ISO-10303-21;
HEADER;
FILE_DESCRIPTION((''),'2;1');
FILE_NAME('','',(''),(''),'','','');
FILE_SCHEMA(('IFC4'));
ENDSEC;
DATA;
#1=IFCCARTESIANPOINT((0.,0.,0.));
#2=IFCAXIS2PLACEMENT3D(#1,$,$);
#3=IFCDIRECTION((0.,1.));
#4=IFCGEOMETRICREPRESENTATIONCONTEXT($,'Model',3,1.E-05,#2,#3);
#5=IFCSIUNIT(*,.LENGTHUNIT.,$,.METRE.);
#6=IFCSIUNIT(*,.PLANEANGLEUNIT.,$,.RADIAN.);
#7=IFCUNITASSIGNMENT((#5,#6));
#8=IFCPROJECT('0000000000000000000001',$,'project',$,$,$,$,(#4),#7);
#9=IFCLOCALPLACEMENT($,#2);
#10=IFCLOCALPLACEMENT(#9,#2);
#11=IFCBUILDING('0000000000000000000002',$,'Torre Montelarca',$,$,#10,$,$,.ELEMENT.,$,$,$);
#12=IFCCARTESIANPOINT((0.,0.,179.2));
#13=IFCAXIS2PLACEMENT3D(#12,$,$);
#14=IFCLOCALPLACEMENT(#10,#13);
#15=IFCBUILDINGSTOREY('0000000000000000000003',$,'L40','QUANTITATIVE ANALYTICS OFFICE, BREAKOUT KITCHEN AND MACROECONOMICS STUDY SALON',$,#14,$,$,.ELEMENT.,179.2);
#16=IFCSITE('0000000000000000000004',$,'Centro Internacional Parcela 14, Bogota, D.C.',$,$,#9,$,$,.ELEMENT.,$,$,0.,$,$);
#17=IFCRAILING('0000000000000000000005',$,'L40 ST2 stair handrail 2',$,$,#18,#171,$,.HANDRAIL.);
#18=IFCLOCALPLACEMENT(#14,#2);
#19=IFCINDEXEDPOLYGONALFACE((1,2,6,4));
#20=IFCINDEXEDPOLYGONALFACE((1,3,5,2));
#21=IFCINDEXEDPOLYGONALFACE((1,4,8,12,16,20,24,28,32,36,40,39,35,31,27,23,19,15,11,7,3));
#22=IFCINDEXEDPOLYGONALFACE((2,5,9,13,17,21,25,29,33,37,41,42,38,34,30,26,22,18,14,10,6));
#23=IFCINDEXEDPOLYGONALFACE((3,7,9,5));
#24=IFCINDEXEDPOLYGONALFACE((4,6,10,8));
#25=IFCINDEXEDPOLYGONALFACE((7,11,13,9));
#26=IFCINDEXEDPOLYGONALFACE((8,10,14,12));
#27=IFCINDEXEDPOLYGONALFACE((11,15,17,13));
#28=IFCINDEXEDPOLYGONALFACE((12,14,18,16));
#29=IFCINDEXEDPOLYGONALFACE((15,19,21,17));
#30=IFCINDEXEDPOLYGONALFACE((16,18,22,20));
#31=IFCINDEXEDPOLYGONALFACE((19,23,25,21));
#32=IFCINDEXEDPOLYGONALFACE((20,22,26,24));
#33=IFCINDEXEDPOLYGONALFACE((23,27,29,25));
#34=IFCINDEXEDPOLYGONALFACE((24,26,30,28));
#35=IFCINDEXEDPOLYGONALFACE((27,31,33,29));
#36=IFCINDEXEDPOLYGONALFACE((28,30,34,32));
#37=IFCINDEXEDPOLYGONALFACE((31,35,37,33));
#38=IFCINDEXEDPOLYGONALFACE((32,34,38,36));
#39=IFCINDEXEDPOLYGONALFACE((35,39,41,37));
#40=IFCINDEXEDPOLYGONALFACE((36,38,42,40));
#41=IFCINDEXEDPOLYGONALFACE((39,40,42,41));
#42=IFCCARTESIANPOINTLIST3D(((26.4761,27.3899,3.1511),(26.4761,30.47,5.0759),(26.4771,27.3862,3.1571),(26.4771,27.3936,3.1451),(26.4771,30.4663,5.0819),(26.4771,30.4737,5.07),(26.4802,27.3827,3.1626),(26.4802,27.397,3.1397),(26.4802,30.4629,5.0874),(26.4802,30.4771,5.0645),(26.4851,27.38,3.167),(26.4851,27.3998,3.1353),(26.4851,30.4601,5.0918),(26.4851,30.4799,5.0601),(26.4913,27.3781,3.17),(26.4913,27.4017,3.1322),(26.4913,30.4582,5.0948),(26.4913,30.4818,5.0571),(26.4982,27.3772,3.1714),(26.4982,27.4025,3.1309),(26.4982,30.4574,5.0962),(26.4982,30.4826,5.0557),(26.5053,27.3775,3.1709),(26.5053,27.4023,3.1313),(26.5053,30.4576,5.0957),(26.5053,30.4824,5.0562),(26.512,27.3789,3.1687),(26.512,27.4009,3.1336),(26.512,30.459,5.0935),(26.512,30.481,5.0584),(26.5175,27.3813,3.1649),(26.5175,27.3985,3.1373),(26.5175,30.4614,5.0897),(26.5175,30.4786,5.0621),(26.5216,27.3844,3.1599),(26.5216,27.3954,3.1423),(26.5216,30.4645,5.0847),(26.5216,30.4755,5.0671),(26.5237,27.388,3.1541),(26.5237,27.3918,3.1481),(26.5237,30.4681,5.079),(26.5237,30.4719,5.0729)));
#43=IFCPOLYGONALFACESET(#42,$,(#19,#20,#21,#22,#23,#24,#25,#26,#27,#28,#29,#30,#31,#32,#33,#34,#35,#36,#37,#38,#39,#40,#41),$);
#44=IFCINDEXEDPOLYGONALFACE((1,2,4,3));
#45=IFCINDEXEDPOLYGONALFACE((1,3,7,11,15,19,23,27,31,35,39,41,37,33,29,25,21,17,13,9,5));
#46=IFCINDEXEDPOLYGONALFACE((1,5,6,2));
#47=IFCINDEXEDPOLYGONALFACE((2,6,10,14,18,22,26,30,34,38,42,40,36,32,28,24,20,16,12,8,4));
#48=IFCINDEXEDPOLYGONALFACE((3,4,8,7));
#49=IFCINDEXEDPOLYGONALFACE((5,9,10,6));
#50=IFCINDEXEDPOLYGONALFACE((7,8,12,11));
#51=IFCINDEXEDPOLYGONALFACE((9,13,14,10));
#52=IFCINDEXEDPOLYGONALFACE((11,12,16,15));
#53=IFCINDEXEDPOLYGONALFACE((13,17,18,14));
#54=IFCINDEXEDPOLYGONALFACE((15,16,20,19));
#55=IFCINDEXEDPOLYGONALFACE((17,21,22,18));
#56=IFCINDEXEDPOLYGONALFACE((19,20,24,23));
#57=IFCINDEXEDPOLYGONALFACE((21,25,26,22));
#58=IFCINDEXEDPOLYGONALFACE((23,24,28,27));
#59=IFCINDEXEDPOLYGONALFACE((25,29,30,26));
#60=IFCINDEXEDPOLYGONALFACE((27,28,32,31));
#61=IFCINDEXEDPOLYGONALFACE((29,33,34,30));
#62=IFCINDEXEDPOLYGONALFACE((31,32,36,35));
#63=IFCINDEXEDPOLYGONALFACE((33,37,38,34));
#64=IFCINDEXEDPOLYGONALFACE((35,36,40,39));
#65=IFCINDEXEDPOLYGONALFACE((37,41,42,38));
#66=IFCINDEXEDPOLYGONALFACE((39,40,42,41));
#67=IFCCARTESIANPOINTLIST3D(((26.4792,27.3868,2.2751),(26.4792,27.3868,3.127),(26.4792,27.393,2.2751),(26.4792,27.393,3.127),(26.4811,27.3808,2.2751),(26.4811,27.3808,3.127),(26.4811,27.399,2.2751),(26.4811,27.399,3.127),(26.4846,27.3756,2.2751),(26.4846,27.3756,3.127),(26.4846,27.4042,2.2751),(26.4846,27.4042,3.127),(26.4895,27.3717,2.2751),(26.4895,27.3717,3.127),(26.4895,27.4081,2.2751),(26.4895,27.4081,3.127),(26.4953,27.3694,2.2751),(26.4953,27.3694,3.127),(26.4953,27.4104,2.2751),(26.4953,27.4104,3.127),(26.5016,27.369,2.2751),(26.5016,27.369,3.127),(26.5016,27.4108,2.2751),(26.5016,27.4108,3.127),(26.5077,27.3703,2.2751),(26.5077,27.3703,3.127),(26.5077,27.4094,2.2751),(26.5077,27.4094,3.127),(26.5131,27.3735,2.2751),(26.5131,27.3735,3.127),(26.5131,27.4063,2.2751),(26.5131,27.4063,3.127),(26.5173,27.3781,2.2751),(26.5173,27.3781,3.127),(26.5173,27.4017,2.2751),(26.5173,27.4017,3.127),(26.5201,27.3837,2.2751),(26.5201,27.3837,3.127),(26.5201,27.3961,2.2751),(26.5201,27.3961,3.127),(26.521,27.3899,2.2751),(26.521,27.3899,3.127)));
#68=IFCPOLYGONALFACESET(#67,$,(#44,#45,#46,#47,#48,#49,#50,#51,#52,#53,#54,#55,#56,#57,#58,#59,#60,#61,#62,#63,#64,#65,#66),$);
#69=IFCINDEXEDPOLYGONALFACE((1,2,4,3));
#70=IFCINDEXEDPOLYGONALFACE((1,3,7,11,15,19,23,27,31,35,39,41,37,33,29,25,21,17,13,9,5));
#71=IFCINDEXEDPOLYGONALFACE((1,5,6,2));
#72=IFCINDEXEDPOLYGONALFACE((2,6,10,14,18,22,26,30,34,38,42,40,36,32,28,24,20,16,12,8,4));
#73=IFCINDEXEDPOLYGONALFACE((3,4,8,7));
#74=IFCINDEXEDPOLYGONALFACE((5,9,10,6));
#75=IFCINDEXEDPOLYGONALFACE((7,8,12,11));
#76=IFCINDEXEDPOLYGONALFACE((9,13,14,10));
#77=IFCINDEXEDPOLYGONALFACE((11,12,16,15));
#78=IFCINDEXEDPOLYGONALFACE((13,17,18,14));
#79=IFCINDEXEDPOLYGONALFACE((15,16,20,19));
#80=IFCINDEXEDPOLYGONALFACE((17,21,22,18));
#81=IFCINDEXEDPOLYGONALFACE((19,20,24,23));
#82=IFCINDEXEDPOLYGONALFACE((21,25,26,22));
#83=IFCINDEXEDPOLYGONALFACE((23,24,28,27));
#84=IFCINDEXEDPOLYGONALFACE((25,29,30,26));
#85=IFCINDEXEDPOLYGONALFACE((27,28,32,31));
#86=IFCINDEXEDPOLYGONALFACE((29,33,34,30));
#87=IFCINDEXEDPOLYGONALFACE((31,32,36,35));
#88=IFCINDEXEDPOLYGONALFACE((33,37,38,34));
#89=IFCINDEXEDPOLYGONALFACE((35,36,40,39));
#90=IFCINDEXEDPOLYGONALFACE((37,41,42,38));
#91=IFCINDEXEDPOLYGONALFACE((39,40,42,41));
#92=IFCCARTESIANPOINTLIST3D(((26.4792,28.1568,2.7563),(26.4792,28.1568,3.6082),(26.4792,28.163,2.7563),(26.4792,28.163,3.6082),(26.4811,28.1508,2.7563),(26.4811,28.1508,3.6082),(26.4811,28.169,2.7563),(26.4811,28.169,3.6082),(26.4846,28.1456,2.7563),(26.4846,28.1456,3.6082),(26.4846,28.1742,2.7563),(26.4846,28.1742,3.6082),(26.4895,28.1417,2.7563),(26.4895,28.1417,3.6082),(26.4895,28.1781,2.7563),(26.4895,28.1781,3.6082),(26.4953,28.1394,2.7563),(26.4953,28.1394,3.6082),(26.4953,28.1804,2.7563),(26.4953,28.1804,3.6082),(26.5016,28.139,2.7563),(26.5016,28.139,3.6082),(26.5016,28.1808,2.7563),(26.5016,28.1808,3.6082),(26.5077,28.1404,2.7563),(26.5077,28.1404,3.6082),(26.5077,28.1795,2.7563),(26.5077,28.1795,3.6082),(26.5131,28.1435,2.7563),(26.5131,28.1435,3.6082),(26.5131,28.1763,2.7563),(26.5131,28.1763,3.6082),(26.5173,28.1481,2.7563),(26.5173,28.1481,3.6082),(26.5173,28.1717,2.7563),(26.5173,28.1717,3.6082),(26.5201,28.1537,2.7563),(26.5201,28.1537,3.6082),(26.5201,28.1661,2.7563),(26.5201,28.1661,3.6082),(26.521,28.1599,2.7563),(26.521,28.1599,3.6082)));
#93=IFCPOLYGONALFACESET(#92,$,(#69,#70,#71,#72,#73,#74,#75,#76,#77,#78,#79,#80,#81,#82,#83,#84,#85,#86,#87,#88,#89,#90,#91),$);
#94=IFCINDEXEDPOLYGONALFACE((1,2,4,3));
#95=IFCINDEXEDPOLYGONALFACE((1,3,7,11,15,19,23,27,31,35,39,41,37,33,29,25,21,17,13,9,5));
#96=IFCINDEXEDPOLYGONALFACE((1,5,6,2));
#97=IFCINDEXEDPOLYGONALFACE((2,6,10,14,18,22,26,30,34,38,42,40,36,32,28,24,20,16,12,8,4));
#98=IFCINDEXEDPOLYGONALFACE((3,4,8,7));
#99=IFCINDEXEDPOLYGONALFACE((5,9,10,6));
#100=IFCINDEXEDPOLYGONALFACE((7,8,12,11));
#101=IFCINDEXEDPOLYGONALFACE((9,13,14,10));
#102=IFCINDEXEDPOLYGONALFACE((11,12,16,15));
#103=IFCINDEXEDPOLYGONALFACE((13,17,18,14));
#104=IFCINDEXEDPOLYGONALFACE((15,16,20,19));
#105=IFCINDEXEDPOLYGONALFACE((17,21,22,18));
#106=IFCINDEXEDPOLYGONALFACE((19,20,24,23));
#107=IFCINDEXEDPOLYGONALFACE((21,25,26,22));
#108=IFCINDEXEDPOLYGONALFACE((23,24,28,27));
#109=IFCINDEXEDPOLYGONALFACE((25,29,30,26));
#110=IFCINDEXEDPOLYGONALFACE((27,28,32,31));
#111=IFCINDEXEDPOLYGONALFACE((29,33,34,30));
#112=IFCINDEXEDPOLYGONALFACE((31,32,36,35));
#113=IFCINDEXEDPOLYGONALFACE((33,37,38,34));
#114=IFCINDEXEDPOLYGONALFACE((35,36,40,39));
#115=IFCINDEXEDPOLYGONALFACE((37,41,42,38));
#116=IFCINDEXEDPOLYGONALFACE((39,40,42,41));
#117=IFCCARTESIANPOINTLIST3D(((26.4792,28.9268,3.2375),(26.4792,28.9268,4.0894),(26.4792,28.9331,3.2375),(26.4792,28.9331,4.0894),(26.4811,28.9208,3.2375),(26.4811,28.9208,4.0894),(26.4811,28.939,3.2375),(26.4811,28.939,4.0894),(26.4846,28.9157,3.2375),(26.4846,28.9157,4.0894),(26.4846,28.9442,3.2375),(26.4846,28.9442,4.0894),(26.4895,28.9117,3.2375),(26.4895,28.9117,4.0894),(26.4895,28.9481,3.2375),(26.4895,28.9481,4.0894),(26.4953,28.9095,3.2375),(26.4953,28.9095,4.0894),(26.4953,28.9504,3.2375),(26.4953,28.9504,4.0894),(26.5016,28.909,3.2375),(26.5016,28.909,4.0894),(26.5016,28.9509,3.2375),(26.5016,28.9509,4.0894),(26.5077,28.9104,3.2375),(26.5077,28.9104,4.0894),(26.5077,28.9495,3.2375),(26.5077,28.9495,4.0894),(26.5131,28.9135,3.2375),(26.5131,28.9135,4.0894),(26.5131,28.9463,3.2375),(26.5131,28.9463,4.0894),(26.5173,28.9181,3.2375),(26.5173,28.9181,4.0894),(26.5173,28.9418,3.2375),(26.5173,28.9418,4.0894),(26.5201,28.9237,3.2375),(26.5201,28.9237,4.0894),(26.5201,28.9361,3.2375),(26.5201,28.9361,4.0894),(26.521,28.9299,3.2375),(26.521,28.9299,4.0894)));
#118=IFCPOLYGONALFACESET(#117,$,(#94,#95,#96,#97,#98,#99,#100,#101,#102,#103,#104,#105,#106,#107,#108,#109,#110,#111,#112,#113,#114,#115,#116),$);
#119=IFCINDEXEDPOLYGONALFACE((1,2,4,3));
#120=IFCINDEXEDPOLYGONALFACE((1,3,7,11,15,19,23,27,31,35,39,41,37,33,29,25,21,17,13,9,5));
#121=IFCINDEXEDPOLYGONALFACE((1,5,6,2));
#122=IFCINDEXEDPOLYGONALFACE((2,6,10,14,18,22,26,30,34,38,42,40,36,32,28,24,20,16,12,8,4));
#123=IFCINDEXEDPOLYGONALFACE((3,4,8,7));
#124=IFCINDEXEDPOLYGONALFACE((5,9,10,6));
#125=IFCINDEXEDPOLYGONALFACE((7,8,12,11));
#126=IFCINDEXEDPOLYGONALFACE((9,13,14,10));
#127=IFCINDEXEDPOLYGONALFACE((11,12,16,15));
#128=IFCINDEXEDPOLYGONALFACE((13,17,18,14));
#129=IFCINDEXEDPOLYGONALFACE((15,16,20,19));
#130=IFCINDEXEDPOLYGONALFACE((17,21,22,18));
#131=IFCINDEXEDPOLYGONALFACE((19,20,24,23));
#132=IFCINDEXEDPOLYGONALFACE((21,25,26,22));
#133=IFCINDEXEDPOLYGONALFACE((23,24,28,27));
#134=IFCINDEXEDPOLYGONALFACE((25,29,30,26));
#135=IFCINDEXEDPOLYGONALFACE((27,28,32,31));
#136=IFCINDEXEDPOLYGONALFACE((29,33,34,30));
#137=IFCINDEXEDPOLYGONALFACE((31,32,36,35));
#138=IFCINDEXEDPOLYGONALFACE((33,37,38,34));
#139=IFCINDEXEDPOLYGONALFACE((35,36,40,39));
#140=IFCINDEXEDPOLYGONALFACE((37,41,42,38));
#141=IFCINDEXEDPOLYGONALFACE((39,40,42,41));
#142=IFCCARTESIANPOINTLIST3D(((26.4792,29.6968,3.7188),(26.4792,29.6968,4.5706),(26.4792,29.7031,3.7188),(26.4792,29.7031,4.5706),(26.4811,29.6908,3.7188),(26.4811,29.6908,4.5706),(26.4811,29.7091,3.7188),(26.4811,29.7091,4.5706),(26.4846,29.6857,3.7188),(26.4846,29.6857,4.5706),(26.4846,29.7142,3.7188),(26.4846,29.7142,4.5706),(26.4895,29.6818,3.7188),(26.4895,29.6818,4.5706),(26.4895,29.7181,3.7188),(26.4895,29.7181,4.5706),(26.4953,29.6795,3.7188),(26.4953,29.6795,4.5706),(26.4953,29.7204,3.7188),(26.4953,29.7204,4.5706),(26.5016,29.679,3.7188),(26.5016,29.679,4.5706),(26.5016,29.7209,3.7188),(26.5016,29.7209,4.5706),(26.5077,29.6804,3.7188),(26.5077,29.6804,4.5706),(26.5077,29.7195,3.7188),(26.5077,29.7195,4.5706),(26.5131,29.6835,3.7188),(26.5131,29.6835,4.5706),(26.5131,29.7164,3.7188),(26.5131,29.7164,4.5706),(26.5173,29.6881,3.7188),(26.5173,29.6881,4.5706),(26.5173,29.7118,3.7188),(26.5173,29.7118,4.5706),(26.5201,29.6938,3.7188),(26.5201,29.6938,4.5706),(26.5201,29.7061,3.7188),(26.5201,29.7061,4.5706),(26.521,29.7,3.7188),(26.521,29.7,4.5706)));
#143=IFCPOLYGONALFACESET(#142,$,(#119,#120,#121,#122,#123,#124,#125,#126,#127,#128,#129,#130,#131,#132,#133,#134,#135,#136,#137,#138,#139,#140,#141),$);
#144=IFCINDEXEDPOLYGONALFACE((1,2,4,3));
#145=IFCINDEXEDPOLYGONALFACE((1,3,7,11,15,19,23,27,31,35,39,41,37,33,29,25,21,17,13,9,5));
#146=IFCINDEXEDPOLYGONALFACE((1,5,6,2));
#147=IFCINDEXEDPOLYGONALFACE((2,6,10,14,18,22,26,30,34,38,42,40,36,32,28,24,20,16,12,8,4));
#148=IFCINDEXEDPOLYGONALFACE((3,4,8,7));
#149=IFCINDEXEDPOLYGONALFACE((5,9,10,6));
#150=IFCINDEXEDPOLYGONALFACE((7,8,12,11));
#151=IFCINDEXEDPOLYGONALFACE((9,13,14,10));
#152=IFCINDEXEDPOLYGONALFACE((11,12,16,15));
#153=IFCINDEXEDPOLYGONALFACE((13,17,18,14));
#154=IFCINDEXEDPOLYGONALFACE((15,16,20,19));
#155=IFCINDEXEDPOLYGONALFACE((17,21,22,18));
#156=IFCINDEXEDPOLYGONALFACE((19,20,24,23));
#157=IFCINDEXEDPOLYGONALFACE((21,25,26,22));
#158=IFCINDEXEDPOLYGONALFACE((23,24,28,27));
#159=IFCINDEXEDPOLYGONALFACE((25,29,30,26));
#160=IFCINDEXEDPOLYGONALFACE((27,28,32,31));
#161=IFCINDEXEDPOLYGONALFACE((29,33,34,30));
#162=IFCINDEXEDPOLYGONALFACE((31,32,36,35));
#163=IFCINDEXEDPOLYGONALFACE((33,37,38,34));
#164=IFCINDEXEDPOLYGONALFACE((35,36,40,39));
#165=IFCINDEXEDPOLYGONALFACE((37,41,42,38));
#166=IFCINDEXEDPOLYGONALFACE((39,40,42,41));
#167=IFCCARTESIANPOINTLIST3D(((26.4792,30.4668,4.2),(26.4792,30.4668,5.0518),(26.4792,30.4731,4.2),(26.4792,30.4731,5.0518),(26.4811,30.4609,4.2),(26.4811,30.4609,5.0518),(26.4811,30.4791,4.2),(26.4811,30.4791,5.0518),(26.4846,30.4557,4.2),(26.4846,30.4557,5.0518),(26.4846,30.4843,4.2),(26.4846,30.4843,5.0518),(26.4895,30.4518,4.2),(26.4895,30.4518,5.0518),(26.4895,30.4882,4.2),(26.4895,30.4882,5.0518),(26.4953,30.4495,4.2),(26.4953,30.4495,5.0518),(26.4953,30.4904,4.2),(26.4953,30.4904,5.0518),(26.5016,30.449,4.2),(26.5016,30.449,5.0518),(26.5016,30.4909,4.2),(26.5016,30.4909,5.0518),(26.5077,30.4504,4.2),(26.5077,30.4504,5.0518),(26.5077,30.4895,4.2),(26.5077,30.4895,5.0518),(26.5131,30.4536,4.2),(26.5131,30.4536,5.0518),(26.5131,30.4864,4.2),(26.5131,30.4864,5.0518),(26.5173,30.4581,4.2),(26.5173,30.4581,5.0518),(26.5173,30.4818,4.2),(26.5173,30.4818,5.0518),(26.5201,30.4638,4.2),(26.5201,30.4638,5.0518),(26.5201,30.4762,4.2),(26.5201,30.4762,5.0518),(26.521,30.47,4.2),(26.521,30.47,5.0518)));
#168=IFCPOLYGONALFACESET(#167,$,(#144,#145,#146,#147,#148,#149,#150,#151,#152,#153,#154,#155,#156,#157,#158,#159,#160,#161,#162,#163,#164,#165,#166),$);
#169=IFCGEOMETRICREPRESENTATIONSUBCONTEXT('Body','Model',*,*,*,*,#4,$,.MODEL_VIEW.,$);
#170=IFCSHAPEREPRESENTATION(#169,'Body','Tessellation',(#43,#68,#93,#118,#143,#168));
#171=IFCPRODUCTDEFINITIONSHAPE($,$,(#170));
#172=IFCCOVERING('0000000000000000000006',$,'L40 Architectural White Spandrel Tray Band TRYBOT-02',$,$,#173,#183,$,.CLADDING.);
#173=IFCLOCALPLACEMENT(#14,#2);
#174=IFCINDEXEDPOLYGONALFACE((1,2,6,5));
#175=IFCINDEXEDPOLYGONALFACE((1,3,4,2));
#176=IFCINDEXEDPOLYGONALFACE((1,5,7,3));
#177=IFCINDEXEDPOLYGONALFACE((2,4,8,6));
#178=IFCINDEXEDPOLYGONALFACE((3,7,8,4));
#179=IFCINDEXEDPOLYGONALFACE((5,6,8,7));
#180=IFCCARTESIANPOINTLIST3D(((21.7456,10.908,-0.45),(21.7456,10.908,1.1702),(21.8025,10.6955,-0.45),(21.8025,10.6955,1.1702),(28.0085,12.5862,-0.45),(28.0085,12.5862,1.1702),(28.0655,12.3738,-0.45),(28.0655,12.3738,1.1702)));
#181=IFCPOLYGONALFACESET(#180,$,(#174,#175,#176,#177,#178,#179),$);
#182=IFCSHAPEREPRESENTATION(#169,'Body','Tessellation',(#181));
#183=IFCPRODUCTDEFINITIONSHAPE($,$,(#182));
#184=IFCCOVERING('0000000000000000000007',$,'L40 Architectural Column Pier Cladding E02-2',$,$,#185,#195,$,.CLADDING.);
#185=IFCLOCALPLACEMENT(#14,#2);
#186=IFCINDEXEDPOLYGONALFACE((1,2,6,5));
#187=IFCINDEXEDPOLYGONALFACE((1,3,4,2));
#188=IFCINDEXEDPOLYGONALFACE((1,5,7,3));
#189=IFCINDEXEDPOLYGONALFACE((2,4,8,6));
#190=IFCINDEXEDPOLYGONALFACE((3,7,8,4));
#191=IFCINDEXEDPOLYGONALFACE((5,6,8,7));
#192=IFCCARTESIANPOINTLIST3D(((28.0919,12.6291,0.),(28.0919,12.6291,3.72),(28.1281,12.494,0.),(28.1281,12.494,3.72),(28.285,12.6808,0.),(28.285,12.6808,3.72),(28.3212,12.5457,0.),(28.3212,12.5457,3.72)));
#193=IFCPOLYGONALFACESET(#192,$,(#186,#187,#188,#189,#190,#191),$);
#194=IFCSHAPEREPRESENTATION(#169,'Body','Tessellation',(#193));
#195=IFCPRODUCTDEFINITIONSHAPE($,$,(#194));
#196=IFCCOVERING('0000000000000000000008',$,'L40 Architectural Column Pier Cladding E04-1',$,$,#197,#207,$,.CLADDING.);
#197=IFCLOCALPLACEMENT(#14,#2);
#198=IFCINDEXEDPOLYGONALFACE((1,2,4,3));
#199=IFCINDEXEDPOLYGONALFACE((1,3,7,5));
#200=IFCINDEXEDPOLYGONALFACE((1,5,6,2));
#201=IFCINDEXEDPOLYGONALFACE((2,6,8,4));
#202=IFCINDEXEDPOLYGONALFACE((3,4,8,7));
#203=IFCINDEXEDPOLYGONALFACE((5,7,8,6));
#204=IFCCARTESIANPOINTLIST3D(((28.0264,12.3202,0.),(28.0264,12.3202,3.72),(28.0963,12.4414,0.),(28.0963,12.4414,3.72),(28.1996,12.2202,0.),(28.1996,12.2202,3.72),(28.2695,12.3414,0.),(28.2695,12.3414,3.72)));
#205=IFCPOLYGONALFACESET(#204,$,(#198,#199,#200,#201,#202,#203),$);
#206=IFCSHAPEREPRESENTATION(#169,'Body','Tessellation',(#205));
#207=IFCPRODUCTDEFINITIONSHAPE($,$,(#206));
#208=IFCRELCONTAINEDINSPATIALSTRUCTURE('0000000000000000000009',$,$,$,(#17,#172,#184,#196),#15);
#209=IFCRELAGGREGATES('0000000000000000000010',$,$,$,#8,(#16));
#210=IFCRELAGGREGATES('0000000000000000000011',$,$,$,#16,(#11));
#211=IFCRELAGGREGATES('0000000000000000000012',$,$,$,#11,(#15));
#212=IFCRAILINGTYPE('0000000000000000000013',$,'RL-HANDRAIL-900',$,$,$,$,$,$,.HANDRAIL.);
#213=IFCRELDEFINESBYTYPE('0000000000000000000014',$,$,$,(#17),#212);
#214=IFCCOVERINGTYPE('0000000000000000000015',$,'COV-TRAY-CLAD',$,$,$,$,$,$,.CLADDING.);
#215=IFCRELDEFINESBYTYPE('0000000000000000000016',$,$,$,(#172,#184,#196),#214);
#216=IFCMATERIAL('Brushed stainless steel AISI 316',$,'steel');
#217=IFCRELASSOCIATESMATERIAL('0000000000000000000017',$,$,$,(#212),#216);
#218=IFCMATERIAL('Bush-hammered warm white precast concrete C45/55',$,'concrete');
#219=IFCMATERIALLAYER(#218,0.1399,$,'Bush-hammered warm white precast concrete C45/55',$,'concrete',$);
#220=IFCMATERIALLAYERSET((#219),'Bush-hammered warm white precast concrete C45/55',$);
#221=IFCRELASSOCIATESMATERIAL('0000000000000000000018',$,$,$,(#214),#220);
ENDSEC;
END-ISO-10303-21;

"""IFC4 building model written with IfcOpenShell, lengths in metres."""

from ifc_helpers import new_model, si_unit, direction, frame, origin, origin_2d, place, context, subcontext, project, spatial, rectangle, circle, extrude, source, transform, mapped, material, layer, layer_set, type_object, element, save


model = new_model("IFC4")

# Units and contexts
model_context = context("Model", 3, precision=1e-05, world=origin(), true_north=direction((0.0, 1.0)))
body_context = subcontext(model_context, "Body", "Model", "MODEL_VIEW")
ifc_project = project(units=[si_unit("LENGTHUNIT", "METRE"), si_unit("PLANEANGLEUNIT", "RADIAN")], contexts=[model_context])

# Site, building, storey
site_placement = place(None, origin())
site = spatial("IfcSite", under=ifc_project, at=site_placement, Name="Centro Internacional Parcela 14, Bogota, D.C.", CompositionType="ELEMENT", RefElevation=0.0)
building_placement = place(site_placement, origin())
building = spatial("IfcBuilding", under=site, at=building_placement, Name="Torre Montelarca", CompositionType="ELEMENT")
storey_placement = place(building_placement, frame((0.0, 0.0, 179.2)))
storey = spatial("IfcBuildingStorey", under=building, at=storey_placement, Name="L40", Description="QUANTITATIVE ANALYTICS OFFICE, BREAKOUT KITCHEN AND MACROECONOMICS STUDY SALON", CompositionType="ELEMENT", Elevation=179.2)

# Railing
ifc_material_1 = material(Name="Brushed stainless steel AISI 316", Category="steel")
railing_type_1 = type_object("IfcRailingType", Name="RL-HANDRAIL-900", PredefinedType="HANDRAIL", material=ifc_material_1)
railing_1_placement = place(storey_placement, frame((26.5, 27.3899, 2.2751)))
element("IfcRailing", 1, at=railing_1_placement, inside=storey, type_object=railing_type_1, Name="L40 ST2 stair handrail 2", PredefinedType="HANDRAIL", context=body_context, shape_type="SweptSolid", body=[
    extrude(circle(Radius=0.0239, at=origin_2d()), frame((0.0, 0.0, 0.876), z_axis=(0.0, 0.848029, 0.529951), x_axis=(-1.0, 0.0, 0.0)), (0.0, 0.0, 1.0), 3.6321),
    extrude(circle(Radius=0.021, at=origin_2d()), origin(), (0.0, 0.0, 1.0), 0.8518),
    extrude(circle(Radius=0.021, at=origin_2d()), frame((0.0, 0.77, 0.4812)), (0.0, 0.0, 1.0), 0.8518),
    extrude(circle(Radius=0.021, at=origin_2d()), frame((0.0, 1.54, 0.9624)), (0.0, 0.0, 1.0), 0.8518),
    extrude(circle(Radius=0.021, at=origin_2d()), frame((0.0, 2.3101, 1.4436)), (0.0, 0.0, 1.0), 0.8518),
    extrude(circle(Radius=0.021, at=origin_2d()), frame((0.0, 3.0801, 1.9248)), (0.0, 0.0, 1.0), 0.8518),
])

# Coverings
ifc_material_2 = material(Name="Bush-hammered warm white precast concrete C45/55", Category="concrete")
ifc_layer_1 = layer(ifc_material_2, 0.1399, Name="Bush-hammered warm white precast concrete C45/55", Category="concrete")
ifc_layer_set_1 = layer_set([ifc_layer_1], Name="Bush-hammered warm white precast concrete C45/55")
covering_type = type_object("IfcCoveringType", Name="COV-TRAY-CLAD", PredefinedType="CLADDING", material=ifc_layer_set_1)
shared_shape_1 = source(origin(), body_context, "Body", "SweptSolid", [
    extrude(rectangle(XDim=6.4839, YDim=0.22, at=origin_2d()), origin(), (0.0, 0.0, 1.0), 1.6201),
])
covering_1_placement = place(storey_placement, frame((24.9055, 11.6409, -0.45), z_axis=(0.0, 0.0, 1.0), x_axis=(0.965922, 0.258833, 0.0)))
element("IfcCovering", 2, at=covering_1_placement, inside=storey, type_object=covering_type, Name="L40 Architectural White Spandrel Tray Band TRYBOT-02", PredefinedType="CLADDING", context=body_context, shape_type="MappedRepresentation", body=[
    mapped(shared_shape_1, transform((0.0, 0.0, 0.0), scale=1.0)),
])
shared_shape_2 = source(origin(), body_context, "Body", "SweptSolid", [
    extrude(rectangle(XDim=0.2, YDim=0.1399, at=origin_2d()), origin(), (0.0, 0.0, 1.0), 3.72),
])
for number, where, z_axis, x_axis, name in (
    (3, (28.2065, 12.5874, 0.0), (0.0, 0.0, 1.0), (0.965923, 0.258829, 0.0), "L40 Architectural Column Pier Cladding E02-2"),
    (4, (28.1479, 12.3308, 0.0), (0.0, 0.0, 1.0), (0.866028, -0.499995, 0.0), "L40 Architectural Column Pier Cladding E04-1"),
):
    element("IfcCovering", number, at=place(storey_placement, frame(where, z_axis=z_axis, x_axis=x_axis)), inside=storey, type_object=covering_type, Name=name, PredefinedType="CLADDING", context=body_context, shape_type="MappedRepresentation", body=[
        mapped(shared_shape_2, transform((0.0, 0.0, 0.0), scale=1.0)),
    ])

save(model, "model.ifc")
